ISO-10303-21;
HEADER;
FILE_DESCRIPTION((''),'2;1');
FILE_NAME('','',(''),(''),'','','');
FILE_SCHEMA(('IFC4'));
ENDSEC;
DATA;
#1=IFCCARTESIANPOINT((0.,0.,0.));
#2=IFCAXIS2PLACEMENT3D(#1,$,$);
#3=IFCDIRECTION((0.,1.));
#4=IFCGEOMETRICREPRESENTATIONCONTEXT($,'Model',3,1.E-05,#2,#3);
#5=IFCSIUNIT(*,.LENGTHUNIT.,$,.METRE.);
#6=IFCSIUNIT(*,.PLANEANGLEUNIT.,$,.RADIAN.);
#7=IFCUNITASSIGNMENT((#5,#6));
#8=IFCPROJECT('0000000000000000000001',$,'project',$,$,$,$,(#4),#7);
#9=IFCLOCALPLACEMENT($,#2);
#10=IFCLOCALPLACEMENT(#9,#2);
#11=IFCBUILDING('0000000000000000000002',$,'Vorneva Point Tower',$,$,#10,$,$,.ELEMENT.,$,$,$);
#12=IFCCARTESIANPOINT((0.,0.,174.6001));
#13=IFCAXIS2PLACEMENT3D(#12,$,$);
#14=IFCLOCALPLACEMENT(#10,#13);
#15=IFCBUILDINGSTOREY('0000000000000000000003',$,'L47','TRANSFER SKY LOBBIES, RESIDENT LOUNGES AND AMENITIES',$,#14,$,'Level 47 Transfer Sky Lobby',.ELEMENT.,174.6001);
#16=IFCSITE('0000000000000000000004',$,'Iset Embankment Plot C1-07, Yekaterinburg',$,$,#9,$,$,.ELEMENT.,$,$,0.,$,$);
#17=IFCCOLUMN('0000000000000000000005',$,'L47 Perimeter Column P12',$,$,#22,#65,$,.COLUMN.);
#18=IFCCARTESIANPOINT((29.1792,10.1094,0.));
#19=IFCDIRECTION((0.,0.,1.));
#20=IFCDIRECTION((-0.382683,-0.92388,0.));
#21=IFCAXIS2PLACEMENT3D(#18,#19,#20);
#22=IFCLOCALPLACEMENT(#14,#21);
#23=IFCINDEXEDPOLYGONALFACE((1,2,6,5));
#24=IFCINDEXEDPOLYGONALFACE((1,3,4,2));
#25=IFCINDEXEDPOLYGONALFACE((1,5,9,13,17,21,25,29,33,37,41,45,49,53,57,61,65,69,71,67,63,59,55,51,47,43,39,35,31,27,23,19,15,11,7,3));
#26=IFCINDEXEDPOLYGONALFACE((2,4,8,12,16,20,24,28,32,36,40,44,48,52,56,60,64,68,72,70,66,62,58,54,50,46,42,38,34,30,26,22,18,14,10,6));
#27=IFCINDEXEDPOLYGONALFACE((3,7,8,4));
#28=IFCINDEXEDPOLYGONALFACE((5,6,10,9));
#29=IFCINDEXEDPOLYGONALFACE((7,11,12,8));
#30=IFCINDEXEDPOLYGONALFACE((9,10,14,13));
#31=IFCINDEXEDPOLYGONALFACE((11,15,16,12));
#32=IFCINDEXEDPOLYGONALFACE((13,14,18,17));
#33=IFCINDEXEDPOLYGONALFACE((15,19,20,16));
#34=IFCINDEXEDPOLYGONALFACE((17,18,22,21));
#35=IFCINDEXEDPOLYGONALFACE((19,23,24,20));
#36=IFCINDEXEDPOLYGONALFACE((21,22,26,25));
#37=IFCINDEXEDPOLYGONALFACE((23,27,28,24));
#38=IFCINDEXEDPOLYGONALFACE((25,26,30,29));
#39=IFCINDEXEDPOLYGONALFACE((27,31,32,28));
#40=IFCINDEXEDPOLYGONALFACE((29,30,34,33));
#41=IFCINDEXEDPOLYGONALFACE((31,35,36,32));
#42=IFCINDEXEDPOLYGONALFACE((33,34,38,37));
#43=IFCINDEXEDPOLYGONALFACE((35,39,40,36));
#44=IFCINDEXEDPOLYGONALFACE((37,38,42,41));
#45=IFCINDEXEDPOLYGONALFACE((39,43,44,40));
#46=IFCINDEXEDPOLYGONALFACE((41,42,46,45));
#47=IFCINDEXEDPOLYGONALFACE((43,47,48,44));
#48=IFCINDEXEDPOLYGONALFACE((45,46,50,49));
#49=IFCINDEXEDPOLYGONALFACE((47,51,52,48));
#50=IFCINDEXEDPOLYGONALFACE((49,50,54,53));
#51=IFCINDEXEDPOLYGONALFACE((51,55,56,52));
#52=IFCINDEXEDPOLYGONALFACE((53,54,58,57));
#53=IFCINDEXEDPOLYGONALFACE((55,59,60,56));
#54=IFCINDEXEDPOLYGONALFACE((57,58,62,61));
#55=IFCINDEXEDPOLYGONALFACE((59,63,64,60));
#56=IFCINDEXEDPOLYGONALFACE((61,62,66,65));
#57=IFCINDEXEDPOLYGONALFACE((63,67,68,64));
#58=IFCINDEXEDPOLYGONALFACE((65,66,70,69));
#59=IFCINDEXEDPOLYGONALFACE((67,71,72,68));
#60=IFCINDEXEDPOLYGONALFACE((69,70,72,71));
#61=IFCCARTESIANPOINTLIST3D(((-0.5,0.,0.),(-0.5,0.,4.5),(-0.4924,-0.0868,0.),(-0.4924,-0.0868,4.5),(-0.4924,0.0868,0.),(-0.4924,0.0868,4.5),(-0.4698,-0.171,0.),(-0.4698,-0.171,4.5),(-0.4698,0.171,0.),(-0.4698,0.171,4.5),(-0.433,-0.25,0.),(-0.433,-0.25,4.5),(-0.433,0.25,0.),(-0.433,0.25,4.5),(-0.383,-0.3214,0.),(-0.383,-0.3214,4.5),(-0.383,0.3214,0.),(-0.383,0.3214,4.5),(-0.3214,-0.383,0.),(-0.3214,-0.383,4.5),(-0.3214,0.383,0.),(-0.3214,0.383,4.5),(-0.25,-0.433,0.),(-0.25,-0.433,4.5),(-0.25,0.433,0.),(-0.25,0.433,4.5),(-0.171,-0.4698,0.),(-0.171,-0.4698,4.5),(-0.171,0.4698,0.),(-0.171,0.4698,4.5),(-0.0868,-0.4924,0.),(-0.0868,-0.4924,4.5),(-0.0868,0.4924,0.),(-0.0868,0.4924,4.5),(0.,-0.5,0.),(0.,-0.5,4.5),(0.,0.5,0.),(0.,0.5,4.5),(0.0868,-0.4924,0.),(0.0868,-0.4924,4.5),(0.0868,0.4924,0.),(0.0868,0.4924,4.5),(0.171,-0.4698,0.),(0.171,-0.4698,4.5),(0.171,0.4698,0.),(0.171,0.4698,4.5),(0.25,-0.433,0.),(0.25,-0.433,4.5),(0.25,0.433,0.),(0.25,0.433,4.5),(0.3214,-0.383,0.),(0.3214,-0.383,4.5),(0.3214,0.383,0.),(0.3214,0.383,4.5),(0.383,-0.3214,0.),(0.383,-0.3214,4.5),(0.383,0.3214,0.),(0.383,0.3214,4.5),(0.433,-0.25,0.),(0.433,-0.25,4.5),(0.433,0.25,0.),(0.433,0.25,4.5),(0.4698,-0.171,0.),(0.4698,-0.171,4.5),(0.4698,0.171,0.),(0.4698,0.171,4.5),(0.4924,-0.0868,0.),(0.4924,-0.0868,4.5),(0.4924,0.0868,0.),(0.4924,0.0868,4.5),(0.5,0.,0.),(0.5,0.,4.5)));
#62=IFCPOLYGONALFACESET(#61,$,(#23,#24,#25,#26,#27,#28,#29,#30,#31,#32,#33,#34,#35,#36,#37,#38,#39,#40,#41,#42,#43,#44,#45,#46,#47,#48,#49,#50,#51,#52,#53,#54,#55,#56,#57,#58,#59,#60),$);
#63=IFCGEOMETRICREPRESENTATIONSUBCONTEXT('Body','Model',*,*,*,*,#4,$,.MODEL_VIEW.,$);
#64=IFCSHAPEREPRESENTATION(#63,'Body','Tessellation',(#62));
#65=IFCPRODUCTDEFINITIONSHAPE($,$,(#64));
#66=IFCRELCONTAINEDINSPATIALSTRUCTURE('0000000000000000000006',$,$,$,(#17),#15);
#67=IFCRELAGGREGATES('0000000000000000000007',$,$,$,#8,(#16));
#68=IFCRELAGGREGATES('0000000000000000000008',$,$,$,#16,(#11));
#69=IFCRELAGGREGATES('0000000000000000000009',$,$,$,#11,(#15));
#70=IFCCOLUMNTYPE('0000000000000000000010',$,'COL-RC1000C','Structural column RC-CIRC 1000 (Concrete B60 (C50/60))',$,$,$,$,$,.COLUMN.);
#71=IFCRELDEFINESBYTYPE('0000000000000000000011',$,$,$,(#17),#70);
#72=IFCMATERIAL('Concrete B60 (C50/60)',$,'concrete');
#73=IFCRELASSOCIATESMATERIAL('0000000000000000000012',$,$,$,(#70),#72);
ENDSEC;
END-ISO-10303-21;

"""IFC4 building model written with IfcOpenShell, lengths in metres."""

from ifc_helpers import new_model, si_unit, direction, frame, origin, origin_2d, place, context, subcontext, project, spatial, circle, extrude, material, material_profile, profile_set, type_object, element, save


model = new_model("IFC4")

# Units and contexts
model_context = context("Model", 3, precision=1e-05, world=origin(), true_north=direction((0.0, 1.0)))
body_context = subcontext(model_context, "Body", "Model", "MODEL_VIEW")
ifc_project = project(units=[si_unit("LENGTHUNIT", "METRE"), si_unit("PLANEANGLEUNIT", "RADIAN")], contexts=[model_context])

# Site, building, storey
site_placement = place(None, origin())
site = spatial("IfcSite", under=ifc_project, at=site_placement, Name="Iset Embankment Plot C1-07, Yekaterinburg", CompositionType="ELEMENT", RefElevation=0.0)
building_placement = place(site_placement, origin())
building = spatial("IfcBuilding", under=site, at=building_placement, Name="Vorneva Point Tower", CompositionType="ELEMENT")
storey_placement = place(building_placement, frame((0.0, 0.0, 174.6001)))
storey = spatial("IfcBuildingStorey", under=building, at=storey_placement, Name="L47", Description="TRANSFER SKY LOBBIES, RESIDENT LOUNGES AND AMENITIES", LongName="Level 47 Transfer Sky Lobby", CompositionType="ELEMENT", Elevation=174.6001)

# Column
ifc_material_1 = material(Name="Concrete B60 (C50/60)", Category="concrete")
ifc_material_profile_1 = material_profile(ifc_material_1, circle(Radius=0.5, at=origin_2d()), Name="RC-CIRC 1000")
ifc_profile_set_1 = profile_set([ifc_material_profile_1], Name="Concrete B60 (C50/60)")
column_type = type_object("IfcColumnType", Name="COL-RC1000C", Description="Structural column RC-CIRC 1000 (Concrete B60 (C50/60))", PredefinedType="COLUMN", material=ifc_profile_set_1)
for number, where, z_axis, x_axis, name in (
    (1, (29.1792, 10.1094, 0.0), (0.0, 0.0, 1.0), (-0.382683, -0.92388, 0.0), "L47 Perimeter Column P12"),
):
    element("IfcColumn", number, at=place(storey_placement, frame(where, z_axis=z_axis, x_axis=x_axis)), inside=storey, type_object=column_type, Name=name, PredefinedType="COLUMN", context=body_context, shape_type="SweptSolid", body=[
        extrude(circle(Radius=0.5, at=origin_2d()), origin(), (0.0, 0.0, 1.0), 4.5),
    ])

save(model, "model.ifc")
